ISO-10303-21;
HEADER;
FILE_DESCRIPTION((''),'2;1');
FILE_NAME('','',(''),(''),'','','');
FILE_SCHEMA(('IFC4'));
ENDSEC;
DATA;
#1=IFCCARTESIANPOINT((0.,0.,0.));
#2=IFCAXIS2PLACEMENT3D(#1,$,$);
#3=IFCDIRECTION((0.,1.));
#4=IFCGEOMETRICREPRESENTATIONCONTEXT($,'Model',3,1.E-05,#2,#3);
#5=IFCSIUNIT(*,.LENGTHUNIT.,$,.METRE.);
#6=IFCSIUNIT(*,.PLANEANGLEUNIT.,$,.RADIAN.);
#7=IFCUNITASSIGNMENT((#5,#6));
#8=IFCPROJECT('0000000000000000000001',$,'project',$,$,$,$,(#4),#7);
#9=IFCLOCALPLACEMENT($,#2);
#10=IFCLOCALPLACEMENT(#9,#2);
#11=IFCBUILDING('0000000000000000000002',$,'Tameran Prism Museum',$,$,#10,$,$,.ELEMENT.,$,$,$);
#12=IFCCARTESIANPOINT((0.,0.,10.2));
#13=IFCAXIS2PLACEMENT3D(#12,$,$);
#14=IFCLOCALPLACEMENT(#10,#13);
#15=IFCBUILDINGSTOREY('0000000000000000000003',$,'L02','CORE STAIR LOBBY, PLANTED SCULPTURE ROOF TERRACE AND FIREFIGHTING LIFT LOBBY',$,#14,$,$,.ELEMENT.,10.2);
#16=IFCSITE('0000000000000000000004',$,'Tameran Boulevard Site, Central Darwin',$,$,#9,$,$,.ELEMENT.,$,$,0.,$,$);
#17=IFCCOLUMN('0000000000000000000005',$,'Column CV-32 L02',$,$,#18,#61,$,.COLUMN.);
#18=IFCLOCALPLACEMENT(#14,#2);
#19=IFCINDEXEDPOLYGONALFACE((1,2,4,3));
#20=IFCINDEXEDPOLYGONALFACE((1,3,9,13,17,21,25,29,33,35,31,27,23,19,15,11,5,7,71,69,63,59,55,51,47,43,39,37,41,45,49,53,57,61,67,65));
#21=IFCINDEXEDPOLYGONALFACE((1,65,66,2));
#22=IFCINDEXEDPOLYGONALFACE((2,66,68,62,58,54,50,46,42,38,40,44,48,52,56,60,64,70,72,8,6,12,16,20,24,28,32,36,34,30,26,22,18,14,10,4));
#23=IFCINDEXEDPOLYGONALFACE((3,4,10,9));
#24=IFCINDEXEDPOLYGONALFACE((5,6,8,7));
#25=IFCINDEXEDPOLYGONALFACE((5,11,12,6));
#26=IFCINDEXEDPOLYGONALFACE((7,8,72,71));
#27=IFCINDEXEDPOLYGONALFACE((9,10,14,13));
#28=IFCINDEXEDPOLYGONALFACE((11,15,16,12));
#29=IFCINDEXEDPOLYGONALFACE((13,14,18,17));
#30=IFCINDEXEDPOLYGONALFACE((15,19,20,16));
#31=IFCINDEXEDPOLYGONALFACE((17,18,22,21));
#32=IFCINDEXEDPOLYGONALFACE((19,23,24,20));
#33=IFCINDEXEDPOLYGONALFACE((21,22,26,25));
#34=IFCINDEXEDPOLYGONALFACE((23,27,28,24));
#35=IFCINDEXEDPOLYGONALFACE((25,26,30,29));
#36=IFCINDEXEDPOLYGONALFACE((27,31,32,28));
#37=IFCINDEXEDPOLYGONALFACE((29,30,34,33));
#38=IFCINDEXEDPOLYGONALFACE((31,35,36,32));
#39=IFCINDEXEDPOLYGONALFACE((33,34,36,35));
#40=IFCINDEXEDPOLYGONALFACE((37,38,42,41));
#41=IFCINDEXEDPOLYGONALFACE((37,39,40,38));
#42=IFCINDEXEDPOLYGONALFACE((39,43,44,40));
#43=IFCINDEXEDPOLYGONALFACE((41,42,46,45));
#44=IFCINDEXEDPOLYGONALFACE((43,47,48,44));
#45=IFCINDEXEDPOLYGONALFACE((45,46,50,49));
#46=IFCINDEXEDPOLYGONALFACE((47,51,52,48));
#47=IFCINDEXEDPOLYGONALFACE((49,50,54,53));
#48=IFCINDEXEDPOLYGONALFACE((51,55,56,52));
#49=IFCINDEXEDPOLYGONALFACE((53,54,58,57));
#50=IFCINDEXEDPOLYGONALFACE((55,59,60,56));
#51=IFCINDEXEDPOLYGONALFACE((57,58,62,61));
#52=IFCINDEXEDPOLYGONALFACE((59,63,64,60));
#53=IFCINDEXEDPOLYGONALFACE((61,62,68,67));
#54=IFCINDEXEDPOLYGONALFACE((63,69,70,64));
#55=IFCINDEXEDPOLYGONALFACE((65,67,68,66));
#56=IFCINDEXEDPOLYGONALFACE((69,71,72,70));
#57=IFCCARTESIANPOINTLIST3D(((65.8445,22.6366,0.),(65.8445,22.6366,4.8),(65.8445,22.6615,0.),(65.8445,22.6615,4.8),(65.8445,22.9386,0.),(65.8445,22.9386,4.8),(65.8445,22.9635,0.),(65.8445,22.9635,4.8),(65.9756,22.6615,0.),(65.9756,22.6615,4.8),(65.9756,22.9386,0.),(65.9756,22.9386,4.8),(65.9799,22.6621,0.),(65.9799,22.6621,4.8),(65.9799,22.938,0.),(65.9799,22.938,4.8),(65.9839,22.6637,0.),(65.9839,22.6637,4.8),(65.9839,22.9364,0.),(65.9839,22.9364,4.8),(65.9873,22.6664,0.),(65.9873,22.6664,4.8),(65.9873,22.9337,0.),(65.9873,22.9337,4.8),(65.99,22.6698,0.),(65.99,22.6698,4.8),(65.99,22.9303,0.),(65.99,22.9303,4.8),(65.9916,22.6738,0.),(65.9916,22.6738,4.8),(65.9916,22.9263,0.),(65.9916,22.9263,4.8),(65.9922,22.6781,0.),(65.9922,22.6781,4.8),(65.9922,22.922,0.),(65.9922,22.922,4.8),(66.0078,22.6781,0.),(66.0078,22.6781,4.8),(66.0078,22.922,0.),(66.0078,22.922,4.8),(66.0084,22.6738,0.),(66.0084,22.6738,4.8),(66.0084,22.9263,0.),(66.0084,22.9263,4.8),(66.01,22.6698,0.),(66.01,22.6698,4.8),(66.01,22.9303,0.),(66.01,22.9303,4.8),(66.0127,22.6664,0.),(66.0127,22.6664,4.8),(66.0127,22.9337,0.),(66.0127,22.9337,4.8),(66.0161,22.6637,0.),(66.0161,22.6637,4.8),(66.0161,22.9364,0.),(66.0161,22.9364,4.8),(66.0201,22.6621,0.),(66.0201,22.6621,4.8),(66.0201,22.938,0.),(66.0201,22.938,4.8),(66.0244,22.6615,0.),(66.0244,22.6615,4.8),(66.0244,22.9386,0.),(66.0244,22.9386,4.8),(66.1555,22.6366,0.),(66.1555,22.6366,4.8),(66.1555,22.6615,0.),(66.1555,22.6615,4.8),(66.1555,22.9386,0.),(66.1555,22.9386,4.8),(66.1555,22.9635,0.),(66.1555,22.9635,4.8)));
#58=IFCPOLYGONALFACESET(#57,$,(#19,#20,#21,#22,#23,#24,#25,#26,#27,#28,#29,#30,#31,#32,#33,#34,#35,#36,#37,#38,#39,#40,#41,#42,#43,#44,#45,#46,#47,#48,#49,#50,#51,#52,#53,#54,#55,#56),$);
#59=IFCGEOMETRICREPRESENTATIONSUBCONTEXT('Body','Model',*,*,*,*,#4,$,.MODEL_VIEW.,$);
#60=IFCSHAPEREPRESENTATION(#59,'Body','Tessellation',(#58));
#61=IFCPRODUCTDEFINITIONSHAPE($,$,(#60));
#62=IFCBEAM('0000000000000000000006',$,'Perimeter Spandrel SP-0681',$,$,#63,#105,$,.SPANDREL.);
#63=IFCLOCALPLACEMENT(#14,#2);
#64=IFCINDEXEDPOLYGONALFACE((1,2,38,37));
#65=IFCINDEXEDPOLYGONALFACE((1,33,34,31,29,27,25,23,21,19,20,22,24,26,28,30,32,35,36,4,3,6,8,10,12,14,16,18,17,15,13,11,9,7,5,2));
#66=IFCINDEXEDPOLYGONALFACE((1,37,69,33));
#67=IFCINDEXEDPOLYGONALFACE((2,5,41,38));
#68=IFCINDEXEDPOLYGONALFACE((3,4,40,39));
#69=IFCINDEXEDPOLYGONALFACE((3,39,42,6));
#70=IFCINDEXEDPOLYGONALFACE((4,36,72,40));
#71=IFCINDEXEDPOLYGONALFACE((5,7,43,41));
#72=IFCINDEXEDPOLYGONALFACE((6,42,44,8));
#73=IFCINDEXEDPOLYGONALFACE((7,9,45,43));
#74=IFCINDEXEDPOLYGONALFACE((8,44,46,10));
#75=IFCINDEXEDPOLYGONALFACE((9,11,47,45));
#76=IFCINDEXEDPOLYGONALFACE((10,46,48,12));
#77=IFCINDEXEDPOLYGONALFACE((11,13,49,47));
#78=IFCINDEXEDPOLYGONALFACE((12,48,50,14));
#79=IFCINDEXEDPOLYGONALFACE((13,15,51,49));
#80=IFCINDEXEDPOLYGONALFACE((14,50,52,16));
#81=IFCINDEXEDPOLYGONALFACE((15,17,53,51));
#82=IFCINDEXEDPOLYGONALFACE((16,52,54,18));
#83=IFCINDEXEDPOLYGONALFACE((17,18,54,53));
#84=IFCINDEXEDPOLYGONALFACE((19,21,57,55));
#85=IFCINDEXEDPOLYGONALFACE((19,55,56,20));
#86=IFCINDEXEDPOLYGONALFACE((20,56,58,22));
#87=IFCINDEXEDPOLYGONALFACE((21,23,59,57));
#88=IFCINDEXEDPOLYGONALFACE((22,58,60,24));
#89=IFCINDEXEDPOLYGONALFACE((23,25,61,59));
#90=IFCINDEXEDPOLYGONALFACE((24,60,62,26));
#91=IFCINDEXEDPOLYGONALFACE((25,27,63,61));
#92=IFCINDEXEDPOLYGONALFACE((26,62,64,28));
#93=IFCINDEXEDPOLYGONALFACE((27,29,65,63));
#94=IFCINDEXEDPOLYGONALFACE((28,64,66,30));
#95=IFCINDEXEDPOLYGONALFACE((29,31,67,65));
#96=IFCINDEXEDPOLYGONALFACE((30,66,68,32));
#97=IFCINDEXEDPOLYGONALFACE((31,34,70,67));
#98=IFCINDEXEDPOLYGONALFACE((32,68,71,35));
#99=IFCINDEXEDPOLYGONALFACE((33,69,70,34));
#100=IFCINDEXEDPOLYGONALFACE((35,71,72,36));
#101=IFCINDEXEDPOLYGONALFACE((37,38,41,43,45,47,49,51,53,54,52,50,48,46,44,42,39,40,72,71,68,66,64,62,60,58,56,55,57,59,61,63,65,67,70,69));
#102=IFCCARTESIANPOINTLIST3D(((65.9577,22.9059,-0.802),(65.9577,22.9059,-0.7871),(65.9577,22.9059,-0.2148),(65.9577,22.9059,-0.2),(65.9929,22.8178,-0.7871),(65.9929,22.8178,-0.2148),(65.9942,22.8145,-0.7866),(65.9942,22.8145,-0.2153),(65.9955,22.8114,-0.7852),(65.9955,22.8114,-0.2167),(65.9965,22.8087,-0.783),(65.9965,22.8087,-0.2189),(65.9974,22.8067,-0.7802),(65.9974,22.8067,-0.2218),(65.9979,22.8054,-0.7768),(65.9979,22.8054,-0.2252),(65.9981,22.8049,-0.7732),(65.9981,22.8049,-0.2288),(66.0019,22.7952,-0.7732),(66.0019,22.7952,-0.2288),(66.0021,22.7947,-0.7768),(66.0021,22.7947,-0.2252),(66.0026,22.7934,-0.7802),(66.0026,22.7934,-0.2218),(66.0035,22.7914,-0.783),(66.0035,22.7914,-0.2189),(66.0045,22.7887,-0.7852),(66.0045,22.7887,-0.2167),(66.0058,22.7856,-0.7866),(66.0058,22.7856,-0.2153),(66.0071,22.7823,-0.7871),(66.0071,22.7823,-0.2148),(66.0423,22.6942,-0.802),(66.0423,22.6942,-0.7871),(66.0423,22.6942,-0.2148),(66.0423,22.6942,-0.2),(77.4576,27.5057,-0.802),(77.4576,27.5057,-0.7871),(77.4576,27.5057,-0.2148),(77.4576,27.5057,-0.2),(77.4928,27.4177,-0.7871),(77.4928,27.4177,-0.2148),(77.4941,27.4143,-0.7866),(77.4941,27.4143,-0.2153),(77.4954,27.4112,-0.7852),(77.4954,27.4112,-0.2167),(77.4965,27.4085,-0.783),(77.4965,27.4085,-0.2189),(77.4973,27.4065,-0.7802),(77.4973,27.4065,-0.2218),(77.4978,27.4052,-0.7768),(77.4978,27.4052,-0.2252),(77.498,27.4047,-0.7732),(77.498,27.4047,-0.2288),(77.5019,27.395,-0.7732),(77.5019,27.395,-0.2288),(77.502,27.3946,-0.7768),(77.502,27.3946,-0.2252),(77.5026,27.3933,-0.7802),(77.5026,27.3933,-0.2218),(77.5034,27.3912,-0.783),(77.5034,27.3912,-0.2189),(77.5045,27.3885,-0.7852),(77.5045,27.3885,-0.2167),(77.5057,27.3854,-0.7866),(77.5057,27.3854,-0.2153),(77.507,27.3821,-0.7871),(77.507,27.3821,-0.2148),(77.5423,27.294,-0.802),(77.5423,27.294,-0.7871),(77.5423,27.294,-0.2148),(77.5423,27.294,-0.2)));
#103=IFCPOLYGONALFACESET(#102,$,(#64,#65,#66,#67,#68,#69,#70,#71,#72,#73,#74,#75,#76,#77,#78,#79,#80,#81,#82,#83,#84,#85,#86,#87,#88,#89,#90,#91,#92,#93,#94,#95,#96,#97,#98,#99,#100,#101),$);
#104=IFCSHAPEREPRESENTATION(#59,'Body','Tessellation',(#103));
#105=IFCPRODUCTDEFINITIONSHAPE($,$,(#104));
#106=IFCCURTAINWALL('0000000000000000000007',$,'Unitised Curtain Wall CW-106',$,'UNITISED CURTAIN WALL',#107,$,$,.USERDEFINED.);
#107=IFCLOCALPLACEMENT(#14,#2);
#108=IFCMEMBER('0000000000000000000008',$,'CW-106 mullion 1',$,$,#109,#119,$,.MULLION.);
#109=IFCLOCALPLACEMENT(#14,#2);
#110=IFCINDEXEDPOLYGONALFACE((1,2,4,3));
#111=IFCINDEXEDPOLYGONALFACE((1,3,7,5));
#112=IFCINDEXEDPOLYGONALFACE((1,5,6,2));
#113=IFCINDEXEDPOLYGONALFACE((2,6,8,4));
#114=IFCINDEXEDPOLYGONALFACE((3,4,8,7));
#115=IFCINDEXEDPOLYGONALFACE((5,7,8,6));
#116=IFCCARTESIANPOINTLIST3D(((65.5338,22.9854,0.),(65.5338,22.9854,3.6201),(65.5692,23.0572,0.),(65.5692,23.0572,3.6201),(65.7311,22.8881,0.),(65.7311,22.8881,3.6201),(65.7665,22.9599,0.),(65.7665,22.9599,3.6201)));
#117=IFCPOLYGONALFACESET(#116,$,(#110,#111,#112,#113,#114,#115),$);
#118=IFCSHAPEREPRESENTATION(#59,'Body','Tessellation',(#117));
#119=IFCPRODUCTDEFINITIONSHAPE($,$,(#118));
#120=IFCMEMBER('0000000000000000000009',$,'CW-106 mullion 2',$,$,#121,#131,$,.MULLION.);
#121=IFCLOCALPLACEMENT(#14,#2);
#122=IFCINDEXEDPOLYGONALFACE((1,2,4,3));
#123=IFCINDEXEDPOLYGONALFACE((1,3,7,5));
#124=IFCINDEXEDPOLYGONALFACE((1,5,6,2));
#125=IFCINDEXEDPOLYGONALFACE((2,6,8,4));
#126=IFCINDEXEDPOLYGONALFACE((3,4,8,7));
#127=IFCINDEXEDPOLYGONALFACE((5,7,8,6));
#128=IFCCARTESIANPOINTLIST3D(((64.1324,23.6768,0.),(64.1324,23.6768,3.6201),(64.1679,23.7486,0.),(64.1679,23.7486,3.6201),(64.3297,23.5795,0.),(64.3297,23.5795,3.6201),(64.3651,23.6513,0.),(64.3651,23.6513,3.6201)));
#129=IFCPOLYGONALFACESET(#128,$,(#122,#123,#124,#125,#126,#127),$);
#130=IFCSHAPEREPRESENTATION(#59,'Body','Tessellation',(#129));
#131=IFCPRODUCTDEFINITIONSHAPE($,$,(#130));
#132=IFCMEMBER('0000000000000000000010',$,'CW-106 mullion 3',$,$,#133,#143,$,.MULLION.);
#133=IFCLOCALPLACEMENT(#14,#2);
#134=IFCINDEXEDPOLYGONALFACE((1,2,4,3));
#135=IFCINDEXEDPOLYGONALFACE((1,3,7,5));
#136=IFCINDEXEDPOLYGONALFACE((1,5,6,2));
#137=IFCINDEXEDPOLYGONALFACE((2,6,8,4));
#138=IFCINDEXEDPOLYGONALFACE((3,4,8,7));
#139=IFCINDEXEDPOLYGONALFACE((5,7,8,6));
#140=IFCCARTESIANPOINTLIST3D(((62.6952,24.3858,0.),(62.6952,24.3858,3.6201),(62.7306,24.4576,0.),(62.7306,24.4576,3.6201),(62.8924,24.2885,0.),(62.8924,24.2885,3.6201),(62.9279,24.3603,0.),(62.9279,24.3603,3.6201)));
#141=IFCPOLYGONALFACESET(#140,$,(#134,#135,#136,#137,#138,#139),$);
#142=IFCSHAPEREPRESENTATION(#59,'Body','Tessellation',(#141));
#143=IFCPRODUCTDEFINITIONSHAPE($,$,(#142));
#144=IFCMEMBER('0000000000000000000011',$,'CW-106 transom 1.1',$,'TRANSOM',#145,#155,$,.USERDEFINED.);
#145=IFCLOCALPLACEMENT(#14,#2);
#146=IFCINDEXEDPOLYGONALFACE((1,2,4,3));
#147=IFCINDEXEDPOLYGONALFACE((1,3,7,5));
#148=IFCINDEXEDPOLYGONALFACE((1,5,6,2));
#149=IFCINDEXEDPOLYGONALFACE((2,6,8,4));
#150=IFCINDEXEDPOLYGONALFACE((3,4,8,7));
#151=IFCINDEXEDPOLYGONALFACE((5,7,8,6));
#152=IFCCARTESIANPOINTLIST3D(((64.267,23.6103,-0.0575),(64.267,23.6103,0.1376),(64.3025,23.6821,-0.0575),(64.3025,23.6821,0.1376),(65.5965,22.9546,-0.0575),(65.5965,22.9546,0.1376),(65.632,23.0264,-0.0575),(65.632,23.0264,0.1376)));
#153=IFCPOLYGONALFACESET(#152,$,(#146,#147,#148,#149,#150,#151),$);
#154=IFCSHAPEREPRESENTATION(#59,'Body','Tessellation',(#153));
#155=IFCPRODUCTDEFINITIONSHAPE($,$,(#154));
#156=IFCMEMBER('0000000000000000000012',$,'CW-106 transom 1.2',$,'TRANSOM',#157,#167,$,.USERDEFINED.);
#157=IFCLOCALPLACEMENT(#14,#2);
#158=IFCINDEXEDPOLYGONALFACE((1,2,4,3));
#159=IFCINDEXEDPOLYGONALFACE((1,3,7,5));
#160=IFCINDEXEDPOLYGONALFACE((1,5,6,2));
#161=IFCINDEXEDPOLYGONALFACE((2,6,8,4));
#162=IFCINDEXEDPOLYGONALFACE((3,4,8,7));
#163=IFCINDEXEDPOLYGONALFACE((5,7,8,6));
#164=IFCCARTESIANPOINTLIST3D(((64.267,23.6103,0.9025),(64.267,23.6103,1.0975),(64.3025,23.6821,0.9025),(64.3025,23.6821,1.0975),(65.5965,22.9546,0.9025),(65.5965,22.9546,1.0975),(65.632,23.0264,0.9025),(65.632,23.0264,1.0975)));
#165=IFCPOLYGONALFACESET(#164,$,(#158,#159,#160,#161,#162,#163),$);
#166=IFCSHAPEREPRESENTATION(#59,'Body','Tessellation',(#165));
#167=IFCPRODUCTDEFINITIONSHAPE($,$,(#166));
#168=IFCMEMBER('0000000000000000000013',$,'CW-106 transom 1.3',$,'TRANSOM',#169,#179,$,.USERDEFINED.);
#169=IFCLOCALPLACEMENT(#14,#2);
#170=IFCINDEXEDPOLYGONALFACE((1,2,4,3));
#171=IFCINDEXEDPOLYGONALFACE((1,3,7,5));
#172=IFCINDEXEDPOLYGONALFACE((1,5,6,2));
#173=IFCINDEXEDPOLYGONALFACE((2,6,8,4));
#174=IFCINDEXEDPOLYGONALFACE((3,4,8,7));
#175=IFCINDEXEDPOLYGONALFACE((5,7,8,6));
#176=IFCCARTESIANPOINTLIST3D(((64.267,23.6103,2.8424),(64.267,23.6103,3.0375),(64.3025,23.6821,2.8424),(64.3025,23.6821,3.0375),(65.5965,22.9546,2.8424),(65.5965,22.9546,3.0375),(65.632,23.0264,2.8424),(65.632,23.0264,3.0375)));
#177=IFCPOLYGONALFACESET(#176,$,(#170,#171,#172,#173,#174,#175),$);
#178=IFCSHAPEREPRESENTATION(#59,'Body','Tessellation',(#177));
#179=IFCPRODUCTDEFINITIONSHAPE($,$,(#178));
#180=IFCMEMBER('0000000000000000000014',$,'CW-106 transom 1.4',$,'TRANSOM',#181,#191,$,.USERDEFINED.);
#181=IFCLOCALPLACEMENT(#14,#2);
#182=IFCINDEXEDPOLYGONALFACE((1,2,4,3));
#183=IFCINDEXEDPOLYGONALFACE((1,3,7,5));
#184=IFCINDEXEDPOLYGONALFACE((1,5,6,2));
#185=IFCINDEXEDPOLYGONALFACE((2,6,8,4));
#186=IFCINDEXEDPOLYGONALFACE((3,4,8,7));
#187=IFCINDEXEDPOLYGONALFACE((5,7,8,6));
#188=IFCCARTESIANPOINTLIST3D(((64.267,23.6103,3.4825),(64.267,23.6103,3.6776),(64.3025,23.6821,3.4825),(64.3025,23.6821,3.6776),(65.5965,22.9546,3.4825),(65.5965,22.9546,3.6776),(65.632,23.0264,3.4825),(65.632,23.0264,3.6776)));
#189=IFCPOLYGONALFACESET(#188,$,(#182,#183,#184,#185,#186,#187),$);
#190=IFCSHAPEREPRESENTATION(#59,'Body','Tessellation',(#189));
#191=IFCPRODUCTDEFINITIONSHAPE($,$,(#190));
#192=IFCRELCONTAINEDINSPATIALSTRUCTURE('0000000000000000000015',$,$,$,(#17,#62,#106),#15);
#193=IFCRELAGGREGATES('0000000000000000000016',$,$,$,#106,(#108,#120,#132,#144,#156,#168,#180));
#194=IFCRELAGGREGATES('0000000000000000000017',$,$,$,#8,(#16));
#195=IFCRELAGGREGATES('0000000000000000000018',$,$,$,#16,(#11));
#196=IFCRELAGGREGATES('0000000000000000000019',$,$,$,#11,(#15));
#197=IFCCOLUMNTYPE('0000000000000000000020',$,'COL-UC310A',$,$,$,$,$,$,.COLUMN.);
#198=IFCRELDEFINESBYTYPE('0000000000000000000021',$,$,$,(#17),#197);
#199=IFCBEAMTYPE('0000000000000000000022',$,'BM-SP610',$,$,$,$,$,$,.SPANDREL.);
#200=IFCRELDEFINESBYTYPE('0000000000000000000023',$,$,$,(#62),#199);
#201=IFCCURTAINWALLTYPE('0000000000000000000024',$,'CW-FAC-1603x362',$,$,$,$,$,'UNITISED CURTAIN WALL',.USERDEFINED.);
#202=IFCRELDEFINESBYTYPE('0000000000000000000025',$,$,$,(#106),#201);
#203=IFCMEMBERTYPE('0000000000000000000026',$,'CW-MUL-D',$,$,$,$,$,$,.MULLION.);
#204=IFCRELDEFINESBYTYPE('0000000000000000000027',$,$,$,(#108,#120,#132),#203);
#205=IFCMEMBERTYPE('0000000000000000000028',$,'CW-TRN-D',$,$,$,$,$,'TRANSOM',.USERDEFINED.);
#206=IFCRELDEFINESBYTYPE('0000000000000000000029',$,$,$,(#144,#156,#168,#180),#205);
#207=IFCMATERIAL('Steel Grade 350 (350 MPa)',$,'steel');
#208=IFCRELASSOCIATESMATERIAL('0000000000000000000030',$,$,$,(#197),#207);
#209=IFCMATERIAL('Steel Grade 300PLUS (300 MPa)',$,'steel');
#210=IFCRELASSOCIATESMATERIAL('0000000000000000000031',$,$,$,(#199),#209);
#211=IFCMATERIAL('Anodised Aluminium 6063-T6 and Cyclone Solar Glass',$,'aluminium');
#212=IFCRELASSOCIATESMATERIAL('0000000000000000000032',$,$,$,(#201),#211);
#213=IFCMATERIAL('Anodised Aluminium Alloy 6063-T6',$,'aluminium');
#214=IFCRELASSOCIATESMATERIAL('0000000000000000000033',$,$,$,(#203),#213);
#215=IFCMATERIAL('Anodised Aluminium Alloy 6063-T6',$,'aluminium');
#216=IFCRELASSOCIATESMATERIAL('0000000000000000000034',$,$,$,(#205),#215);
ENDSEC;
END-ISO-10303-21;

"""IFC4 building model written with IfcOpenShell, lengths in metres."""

from ifc_helpers import new_model, si_unit, direction, frame, origin, origin_2d, place, context, subcontext, project, spatial, rectangle, i_section, extrude, material, material_profile, profile_set, type_object, element, aggregate, save


model = new_model("IFC4")

# Units and contexts
model_context = context("Model", 3, precision=1e-05, world=origin(), true_north=direction((0.0, 1.0)))
body_context = subcontext(model_context, "Body", "Model", "MODEL_VIEW")
ifc_project = project(units=[si_unit("LENGTHUNIT", "METRE"), si_unit("PLANEANGLEUNIT", "RADIAN")], contexts=[model_context])

# Site, building, storey
site_placement = place(None, origin())
site = spatial("IfcSite", under=ifc_project, at=site_placement, Name="Tameran Boulevard Site, Central Darwin", CompositionType="ELEMENT", RefElevation=0.0)
building_placement = place(site_placement, origin())
building = spatial("IfcBuilding", under=site, at=building_placement, Name="Tameran Prism Museum", CompositionType="ELEMENT")
storey_placement = place(building_placement, frame((0.0, 0.0, 10.2)))
storey = spatial("IfcBuildingStorey", under=building, at=storey_placement, Name="L02", Description="CORE STAIR LOBBY, PLANTED SCULPTURE ROOF TERRACE AND FIREFIGHTING LIFT LOBBY", CompositionType="ELEMENT", Elevation=10.2)

# Column
ifc_material_1 = material(Name="Steel Grade 350 (350 MPa)", Category="steel")
ifc_material_profile_1 = material_profile(ifc_material_1, i_section(OverallWidth=0.311, OverallDepth=0.3269, WebThickness=0.0156, FlangeThickness=0.0249, FilletRadius=0.0166, at=origin_2d()))
ifc_profile_set_1 = profile_set([ifc_material_profile_1])
column_type = type_object("IfcColumnType", Name="COL-UC310A", PredefinedType="COLUMN", material=ifc_profile_set_1)
column_placement = place(storey_placement, frame((66.0, 22.8, 0.0), z_axis=(0.0, 0.0, 1.0), x_axis=(1.0, 0.0, 0.0)))
element("IfcColumn", 1, at=column_placement, inside=storey, type_object=column_type, Name="Column CV-32 L02", PredefinedType="COLUMN", context=body_context, shape_type="SweptSolid", body=[
    extrude(i_section(OverallWidth=0.311, OverallDepth=0.3269, WebThickness=0.0156, FlangeThickness=0.0249, FilletRadius=0.0166, at=origin_2d()), origin(), (0.0, 0.0, 1.0), 4.8),
])

# Beam
ifc_material_2 = material(Name="Steel Grade 300PLUS (300 MPa)", Category="steel")
ifc_material_profile_2 = material_profile(ifc_material_2, i_section(OverallWidth=0.228, OverallDepth=0.6021, WebThickness=0.0105, FlangeThickness=0.0149, FilletRadius=0.0139, at=origin_2d()))
ifc_profile_set_2 = profile_set([ifc_material_profile_2])
beam_type = type_object("IfcBeamType", Name="BM-SP610", PredefinedType="SPANDREL", material=ifc_profile_set_2)
beam_placement = place(storey_placement, frame((66.0, 22.8, -0.501), z_axis=(0.928481, 0.37138, 0.0), x_axis=(-0.37138, 0.928481, 0.0)))
element("IfcBeam", 2, at=beam_placement, inside=storey, type_object=beam_type, Name="Perimeter Spandrel SP-0681", PredefinedType="SPANDREL", context=body_context, shape_type="SweptSolid", body=[
    extrude(i_section(OverallWidth=0.228, OverallDepth=0.6021, WebThickness=0.0105, FlangeThickness=0.0149, FilletRadius=0.0139, at=origin_2d()), origin(), (0.0, 0.0, 1.0), 12.3857),
])

# Curtain wall, members
ifc_material_3 = material(Name="Anodised Aluminium 6063-T6 and Cyclone Solar Glass", Category="aluminium")
curtain_wall_type = type_object("IfcCurtainWallType", Name="CW-FAC-1603x362", ElementType="UNITISED CURTAIN WALL", PredefinedType="USERDEFINED", material=ifc_material_3)
curtain_wall_placement = place(storey_placement, origin())
curtain_wall = element("IfcCurtainWall", 3, at=curtain_wall_placement, inside=storey, type_object=curtain_wall_type, Name="Unitised Curtain Wall CW-106", ObjectType="UNITISED CURTAIN WALL", PredefinedType="USERDEFINED")
ifc_material_4 = material(Name="Anodised Aluminium Alloy 6063-T6", Category="aluminium")
ifc_material_profile_3 = material_profile(ifc_material_4, rectangle(XDim=0.0801, YDim=0.22, at=origin_2d()))
ifc_profile_set_3 = profile_set([ifc_material_profile_3])
member_type_1 = type_object("IfcMemberType", Name="CW-MUL-D", PredefinedType="MULLION", material=ifc_profile_set_3)
member_1_placement = place(storey_placement, frame((65.6501, 22.9727, 0.0), z_axis=(0.0, 0.0, 1.0), x_axis=(-0.442415, -0.896811, 0.0)))
member_1 = element("IfcMember", 4, at=member_1_placement, type_object=member_type_1, Name="CW-106 mullion 1", PredefinedType="MULLION", context=body_context, shape_type="SweptSolid", body=[
    extrude(rectangle(XDim=0.0801, YDim=0.22, at=origin_2d()), origin(), (0.0, 0.0, 1.0), 3.6201),
])
member_2_placement = place(storey_placement, frame((64.2488, 23.6641, 0.0), z_axis=(0.0, 0.0, 1.0), x_axis=(-0.442415, -0.896811, 0.0)))
member_2 = element("IfcMember", 5, at=member_2_placement, type_object=member_type_1, Name="CW-106 mullion 2", PredefinedType="MULLION", context=body_context, shape_type="SweptSolid", body=[
    extrude(rectangle(XDim=0.0801, YDim=0.22, at=origin_2d()), origin(), (0.0, 0.0, 1.0), 3.6201),
])
member_3_placement = place(storey_placement, frame((62.8115, 24.373, 0.0), z_axis=(0.0, 0.0, 1.0), x_axis=(-0.442415, -0.896811, 0.0)))
member_3 = element("IfcMember", 6, at=member_3_placement, type_object=member_type_1, Name="CW-106 mullion 3", PredefinedType="MULLION", context=body_context, shape_type="SweptSolid", body=[
    extrude(rectangle(XDim=0.0801, YDim=0.22, at=origin_2d()), origin(), (0.0, 0.0, 1.0), 3.6201),
])
ifc_material_5 = material(Name="Anodised Aluminium Alloy 6063-T6", Category="aluminium")
ifc_material_profile_4 = material_profile(ifc_material_5, rectangle(XDim=0.0801, YDim=0.1951, at=origin_2d()))
ifc_profile_set_4 = profile_set([ifc_material_profile_4])
member_type_2 = type_object("IfcMemberType", Name="CW-TRN-D", ElementType="TRANSOM", PredefinedType="USERDEFINED", material=ifc_profile_set_4)
member_4_placement = place(storey_placement, frame((65.6143, 22.9905, 0.04), z_axis=(-0.896851, 0.442332, 0.0), x_axis=(-0.442332, -0.896851, 0.0)))
member_4 = element("IfcMember", 7, at=member_4_placement, type_object=member_type_2, Name="CW-106 transom 1.1", ObjectType="TRANSOM", PredefinedType="USERDEFINED", context=body_context, shape_type="SweptSolid", body=[
    extrude(rectangle(XDim=0.0801, YDim=0.1951, at=origin_2d()), origin(), (0.0, 0.0, 1.0), 1.4824),
])
member_5_placement = place(storey_placement, frame((65.6143, 22.9905, 1.0), z_axis=(-0.896851, 0.442332, 0.0), x_axis=(-0.442332, -0.896851, 0.0)))
member_5 = element("IfcMember", 8, at=member_5_placement, type_object=member_type_2, Name="CW-106 transom 1.2", ObjectType="TRANSOM", PredefinedType="USERDEFINED", context=body_context, shape_type="SweptSolid", body=[
    extrude(rectangle(XDim=0.0801, YDim=0.1951, at=origin_2d()), origin(), (0.0, 0.0, 1.0), 1.4824),
])
member_6_placement = place(storey_placement, frame((65.6143, 22.9905, 2.9399), z_axis=(-0.896851, 0.442332, 0.0), x_axis=(-0.442332, -0.896851, 0.0)))
member_6 = element("IfcMember", 9, at=member_6_placement, type_object=member_type_2, Name="CW-106 transom 1.3", ObjectType="TRANSOM", PredefinedType="USERDEFINED", context=body_context, shape_type="SweptSolid", body=[
    extrude(rectangle(XDim=0.0801, YDim=0.1951, at=origin_2d()), origin(), (0.0, 0.0, 1.0), 1.4824),
])
member_7_placement = place(storey_placement, frame((65.6143, 22.9905, 3.5801), z_axis=(-0.896851, 0.442332, 0.0), x_axis=(-0.442332, -0.896851, 0.0)))
member_7 = element("IfcMember", 10, at=member_7_placement, type_object=member_type_2, Name="CW-106 transom 1.4", ObjectType="TRANSOM", PredefinedType="USERDEFINED", context=body_context, shape_type="SweptSolid", body=[
    extrude(rectangle(XDim=0.0801, YDim=0.1951, at=origin_2d()), origin(), (0.0, 0.0, 1.0), 1.4824),
])
aggregate(curtain_wall, [member_1, member_2, member_3, member_4, member_5, member_6, member_7])

save(model, "model.ifc")
